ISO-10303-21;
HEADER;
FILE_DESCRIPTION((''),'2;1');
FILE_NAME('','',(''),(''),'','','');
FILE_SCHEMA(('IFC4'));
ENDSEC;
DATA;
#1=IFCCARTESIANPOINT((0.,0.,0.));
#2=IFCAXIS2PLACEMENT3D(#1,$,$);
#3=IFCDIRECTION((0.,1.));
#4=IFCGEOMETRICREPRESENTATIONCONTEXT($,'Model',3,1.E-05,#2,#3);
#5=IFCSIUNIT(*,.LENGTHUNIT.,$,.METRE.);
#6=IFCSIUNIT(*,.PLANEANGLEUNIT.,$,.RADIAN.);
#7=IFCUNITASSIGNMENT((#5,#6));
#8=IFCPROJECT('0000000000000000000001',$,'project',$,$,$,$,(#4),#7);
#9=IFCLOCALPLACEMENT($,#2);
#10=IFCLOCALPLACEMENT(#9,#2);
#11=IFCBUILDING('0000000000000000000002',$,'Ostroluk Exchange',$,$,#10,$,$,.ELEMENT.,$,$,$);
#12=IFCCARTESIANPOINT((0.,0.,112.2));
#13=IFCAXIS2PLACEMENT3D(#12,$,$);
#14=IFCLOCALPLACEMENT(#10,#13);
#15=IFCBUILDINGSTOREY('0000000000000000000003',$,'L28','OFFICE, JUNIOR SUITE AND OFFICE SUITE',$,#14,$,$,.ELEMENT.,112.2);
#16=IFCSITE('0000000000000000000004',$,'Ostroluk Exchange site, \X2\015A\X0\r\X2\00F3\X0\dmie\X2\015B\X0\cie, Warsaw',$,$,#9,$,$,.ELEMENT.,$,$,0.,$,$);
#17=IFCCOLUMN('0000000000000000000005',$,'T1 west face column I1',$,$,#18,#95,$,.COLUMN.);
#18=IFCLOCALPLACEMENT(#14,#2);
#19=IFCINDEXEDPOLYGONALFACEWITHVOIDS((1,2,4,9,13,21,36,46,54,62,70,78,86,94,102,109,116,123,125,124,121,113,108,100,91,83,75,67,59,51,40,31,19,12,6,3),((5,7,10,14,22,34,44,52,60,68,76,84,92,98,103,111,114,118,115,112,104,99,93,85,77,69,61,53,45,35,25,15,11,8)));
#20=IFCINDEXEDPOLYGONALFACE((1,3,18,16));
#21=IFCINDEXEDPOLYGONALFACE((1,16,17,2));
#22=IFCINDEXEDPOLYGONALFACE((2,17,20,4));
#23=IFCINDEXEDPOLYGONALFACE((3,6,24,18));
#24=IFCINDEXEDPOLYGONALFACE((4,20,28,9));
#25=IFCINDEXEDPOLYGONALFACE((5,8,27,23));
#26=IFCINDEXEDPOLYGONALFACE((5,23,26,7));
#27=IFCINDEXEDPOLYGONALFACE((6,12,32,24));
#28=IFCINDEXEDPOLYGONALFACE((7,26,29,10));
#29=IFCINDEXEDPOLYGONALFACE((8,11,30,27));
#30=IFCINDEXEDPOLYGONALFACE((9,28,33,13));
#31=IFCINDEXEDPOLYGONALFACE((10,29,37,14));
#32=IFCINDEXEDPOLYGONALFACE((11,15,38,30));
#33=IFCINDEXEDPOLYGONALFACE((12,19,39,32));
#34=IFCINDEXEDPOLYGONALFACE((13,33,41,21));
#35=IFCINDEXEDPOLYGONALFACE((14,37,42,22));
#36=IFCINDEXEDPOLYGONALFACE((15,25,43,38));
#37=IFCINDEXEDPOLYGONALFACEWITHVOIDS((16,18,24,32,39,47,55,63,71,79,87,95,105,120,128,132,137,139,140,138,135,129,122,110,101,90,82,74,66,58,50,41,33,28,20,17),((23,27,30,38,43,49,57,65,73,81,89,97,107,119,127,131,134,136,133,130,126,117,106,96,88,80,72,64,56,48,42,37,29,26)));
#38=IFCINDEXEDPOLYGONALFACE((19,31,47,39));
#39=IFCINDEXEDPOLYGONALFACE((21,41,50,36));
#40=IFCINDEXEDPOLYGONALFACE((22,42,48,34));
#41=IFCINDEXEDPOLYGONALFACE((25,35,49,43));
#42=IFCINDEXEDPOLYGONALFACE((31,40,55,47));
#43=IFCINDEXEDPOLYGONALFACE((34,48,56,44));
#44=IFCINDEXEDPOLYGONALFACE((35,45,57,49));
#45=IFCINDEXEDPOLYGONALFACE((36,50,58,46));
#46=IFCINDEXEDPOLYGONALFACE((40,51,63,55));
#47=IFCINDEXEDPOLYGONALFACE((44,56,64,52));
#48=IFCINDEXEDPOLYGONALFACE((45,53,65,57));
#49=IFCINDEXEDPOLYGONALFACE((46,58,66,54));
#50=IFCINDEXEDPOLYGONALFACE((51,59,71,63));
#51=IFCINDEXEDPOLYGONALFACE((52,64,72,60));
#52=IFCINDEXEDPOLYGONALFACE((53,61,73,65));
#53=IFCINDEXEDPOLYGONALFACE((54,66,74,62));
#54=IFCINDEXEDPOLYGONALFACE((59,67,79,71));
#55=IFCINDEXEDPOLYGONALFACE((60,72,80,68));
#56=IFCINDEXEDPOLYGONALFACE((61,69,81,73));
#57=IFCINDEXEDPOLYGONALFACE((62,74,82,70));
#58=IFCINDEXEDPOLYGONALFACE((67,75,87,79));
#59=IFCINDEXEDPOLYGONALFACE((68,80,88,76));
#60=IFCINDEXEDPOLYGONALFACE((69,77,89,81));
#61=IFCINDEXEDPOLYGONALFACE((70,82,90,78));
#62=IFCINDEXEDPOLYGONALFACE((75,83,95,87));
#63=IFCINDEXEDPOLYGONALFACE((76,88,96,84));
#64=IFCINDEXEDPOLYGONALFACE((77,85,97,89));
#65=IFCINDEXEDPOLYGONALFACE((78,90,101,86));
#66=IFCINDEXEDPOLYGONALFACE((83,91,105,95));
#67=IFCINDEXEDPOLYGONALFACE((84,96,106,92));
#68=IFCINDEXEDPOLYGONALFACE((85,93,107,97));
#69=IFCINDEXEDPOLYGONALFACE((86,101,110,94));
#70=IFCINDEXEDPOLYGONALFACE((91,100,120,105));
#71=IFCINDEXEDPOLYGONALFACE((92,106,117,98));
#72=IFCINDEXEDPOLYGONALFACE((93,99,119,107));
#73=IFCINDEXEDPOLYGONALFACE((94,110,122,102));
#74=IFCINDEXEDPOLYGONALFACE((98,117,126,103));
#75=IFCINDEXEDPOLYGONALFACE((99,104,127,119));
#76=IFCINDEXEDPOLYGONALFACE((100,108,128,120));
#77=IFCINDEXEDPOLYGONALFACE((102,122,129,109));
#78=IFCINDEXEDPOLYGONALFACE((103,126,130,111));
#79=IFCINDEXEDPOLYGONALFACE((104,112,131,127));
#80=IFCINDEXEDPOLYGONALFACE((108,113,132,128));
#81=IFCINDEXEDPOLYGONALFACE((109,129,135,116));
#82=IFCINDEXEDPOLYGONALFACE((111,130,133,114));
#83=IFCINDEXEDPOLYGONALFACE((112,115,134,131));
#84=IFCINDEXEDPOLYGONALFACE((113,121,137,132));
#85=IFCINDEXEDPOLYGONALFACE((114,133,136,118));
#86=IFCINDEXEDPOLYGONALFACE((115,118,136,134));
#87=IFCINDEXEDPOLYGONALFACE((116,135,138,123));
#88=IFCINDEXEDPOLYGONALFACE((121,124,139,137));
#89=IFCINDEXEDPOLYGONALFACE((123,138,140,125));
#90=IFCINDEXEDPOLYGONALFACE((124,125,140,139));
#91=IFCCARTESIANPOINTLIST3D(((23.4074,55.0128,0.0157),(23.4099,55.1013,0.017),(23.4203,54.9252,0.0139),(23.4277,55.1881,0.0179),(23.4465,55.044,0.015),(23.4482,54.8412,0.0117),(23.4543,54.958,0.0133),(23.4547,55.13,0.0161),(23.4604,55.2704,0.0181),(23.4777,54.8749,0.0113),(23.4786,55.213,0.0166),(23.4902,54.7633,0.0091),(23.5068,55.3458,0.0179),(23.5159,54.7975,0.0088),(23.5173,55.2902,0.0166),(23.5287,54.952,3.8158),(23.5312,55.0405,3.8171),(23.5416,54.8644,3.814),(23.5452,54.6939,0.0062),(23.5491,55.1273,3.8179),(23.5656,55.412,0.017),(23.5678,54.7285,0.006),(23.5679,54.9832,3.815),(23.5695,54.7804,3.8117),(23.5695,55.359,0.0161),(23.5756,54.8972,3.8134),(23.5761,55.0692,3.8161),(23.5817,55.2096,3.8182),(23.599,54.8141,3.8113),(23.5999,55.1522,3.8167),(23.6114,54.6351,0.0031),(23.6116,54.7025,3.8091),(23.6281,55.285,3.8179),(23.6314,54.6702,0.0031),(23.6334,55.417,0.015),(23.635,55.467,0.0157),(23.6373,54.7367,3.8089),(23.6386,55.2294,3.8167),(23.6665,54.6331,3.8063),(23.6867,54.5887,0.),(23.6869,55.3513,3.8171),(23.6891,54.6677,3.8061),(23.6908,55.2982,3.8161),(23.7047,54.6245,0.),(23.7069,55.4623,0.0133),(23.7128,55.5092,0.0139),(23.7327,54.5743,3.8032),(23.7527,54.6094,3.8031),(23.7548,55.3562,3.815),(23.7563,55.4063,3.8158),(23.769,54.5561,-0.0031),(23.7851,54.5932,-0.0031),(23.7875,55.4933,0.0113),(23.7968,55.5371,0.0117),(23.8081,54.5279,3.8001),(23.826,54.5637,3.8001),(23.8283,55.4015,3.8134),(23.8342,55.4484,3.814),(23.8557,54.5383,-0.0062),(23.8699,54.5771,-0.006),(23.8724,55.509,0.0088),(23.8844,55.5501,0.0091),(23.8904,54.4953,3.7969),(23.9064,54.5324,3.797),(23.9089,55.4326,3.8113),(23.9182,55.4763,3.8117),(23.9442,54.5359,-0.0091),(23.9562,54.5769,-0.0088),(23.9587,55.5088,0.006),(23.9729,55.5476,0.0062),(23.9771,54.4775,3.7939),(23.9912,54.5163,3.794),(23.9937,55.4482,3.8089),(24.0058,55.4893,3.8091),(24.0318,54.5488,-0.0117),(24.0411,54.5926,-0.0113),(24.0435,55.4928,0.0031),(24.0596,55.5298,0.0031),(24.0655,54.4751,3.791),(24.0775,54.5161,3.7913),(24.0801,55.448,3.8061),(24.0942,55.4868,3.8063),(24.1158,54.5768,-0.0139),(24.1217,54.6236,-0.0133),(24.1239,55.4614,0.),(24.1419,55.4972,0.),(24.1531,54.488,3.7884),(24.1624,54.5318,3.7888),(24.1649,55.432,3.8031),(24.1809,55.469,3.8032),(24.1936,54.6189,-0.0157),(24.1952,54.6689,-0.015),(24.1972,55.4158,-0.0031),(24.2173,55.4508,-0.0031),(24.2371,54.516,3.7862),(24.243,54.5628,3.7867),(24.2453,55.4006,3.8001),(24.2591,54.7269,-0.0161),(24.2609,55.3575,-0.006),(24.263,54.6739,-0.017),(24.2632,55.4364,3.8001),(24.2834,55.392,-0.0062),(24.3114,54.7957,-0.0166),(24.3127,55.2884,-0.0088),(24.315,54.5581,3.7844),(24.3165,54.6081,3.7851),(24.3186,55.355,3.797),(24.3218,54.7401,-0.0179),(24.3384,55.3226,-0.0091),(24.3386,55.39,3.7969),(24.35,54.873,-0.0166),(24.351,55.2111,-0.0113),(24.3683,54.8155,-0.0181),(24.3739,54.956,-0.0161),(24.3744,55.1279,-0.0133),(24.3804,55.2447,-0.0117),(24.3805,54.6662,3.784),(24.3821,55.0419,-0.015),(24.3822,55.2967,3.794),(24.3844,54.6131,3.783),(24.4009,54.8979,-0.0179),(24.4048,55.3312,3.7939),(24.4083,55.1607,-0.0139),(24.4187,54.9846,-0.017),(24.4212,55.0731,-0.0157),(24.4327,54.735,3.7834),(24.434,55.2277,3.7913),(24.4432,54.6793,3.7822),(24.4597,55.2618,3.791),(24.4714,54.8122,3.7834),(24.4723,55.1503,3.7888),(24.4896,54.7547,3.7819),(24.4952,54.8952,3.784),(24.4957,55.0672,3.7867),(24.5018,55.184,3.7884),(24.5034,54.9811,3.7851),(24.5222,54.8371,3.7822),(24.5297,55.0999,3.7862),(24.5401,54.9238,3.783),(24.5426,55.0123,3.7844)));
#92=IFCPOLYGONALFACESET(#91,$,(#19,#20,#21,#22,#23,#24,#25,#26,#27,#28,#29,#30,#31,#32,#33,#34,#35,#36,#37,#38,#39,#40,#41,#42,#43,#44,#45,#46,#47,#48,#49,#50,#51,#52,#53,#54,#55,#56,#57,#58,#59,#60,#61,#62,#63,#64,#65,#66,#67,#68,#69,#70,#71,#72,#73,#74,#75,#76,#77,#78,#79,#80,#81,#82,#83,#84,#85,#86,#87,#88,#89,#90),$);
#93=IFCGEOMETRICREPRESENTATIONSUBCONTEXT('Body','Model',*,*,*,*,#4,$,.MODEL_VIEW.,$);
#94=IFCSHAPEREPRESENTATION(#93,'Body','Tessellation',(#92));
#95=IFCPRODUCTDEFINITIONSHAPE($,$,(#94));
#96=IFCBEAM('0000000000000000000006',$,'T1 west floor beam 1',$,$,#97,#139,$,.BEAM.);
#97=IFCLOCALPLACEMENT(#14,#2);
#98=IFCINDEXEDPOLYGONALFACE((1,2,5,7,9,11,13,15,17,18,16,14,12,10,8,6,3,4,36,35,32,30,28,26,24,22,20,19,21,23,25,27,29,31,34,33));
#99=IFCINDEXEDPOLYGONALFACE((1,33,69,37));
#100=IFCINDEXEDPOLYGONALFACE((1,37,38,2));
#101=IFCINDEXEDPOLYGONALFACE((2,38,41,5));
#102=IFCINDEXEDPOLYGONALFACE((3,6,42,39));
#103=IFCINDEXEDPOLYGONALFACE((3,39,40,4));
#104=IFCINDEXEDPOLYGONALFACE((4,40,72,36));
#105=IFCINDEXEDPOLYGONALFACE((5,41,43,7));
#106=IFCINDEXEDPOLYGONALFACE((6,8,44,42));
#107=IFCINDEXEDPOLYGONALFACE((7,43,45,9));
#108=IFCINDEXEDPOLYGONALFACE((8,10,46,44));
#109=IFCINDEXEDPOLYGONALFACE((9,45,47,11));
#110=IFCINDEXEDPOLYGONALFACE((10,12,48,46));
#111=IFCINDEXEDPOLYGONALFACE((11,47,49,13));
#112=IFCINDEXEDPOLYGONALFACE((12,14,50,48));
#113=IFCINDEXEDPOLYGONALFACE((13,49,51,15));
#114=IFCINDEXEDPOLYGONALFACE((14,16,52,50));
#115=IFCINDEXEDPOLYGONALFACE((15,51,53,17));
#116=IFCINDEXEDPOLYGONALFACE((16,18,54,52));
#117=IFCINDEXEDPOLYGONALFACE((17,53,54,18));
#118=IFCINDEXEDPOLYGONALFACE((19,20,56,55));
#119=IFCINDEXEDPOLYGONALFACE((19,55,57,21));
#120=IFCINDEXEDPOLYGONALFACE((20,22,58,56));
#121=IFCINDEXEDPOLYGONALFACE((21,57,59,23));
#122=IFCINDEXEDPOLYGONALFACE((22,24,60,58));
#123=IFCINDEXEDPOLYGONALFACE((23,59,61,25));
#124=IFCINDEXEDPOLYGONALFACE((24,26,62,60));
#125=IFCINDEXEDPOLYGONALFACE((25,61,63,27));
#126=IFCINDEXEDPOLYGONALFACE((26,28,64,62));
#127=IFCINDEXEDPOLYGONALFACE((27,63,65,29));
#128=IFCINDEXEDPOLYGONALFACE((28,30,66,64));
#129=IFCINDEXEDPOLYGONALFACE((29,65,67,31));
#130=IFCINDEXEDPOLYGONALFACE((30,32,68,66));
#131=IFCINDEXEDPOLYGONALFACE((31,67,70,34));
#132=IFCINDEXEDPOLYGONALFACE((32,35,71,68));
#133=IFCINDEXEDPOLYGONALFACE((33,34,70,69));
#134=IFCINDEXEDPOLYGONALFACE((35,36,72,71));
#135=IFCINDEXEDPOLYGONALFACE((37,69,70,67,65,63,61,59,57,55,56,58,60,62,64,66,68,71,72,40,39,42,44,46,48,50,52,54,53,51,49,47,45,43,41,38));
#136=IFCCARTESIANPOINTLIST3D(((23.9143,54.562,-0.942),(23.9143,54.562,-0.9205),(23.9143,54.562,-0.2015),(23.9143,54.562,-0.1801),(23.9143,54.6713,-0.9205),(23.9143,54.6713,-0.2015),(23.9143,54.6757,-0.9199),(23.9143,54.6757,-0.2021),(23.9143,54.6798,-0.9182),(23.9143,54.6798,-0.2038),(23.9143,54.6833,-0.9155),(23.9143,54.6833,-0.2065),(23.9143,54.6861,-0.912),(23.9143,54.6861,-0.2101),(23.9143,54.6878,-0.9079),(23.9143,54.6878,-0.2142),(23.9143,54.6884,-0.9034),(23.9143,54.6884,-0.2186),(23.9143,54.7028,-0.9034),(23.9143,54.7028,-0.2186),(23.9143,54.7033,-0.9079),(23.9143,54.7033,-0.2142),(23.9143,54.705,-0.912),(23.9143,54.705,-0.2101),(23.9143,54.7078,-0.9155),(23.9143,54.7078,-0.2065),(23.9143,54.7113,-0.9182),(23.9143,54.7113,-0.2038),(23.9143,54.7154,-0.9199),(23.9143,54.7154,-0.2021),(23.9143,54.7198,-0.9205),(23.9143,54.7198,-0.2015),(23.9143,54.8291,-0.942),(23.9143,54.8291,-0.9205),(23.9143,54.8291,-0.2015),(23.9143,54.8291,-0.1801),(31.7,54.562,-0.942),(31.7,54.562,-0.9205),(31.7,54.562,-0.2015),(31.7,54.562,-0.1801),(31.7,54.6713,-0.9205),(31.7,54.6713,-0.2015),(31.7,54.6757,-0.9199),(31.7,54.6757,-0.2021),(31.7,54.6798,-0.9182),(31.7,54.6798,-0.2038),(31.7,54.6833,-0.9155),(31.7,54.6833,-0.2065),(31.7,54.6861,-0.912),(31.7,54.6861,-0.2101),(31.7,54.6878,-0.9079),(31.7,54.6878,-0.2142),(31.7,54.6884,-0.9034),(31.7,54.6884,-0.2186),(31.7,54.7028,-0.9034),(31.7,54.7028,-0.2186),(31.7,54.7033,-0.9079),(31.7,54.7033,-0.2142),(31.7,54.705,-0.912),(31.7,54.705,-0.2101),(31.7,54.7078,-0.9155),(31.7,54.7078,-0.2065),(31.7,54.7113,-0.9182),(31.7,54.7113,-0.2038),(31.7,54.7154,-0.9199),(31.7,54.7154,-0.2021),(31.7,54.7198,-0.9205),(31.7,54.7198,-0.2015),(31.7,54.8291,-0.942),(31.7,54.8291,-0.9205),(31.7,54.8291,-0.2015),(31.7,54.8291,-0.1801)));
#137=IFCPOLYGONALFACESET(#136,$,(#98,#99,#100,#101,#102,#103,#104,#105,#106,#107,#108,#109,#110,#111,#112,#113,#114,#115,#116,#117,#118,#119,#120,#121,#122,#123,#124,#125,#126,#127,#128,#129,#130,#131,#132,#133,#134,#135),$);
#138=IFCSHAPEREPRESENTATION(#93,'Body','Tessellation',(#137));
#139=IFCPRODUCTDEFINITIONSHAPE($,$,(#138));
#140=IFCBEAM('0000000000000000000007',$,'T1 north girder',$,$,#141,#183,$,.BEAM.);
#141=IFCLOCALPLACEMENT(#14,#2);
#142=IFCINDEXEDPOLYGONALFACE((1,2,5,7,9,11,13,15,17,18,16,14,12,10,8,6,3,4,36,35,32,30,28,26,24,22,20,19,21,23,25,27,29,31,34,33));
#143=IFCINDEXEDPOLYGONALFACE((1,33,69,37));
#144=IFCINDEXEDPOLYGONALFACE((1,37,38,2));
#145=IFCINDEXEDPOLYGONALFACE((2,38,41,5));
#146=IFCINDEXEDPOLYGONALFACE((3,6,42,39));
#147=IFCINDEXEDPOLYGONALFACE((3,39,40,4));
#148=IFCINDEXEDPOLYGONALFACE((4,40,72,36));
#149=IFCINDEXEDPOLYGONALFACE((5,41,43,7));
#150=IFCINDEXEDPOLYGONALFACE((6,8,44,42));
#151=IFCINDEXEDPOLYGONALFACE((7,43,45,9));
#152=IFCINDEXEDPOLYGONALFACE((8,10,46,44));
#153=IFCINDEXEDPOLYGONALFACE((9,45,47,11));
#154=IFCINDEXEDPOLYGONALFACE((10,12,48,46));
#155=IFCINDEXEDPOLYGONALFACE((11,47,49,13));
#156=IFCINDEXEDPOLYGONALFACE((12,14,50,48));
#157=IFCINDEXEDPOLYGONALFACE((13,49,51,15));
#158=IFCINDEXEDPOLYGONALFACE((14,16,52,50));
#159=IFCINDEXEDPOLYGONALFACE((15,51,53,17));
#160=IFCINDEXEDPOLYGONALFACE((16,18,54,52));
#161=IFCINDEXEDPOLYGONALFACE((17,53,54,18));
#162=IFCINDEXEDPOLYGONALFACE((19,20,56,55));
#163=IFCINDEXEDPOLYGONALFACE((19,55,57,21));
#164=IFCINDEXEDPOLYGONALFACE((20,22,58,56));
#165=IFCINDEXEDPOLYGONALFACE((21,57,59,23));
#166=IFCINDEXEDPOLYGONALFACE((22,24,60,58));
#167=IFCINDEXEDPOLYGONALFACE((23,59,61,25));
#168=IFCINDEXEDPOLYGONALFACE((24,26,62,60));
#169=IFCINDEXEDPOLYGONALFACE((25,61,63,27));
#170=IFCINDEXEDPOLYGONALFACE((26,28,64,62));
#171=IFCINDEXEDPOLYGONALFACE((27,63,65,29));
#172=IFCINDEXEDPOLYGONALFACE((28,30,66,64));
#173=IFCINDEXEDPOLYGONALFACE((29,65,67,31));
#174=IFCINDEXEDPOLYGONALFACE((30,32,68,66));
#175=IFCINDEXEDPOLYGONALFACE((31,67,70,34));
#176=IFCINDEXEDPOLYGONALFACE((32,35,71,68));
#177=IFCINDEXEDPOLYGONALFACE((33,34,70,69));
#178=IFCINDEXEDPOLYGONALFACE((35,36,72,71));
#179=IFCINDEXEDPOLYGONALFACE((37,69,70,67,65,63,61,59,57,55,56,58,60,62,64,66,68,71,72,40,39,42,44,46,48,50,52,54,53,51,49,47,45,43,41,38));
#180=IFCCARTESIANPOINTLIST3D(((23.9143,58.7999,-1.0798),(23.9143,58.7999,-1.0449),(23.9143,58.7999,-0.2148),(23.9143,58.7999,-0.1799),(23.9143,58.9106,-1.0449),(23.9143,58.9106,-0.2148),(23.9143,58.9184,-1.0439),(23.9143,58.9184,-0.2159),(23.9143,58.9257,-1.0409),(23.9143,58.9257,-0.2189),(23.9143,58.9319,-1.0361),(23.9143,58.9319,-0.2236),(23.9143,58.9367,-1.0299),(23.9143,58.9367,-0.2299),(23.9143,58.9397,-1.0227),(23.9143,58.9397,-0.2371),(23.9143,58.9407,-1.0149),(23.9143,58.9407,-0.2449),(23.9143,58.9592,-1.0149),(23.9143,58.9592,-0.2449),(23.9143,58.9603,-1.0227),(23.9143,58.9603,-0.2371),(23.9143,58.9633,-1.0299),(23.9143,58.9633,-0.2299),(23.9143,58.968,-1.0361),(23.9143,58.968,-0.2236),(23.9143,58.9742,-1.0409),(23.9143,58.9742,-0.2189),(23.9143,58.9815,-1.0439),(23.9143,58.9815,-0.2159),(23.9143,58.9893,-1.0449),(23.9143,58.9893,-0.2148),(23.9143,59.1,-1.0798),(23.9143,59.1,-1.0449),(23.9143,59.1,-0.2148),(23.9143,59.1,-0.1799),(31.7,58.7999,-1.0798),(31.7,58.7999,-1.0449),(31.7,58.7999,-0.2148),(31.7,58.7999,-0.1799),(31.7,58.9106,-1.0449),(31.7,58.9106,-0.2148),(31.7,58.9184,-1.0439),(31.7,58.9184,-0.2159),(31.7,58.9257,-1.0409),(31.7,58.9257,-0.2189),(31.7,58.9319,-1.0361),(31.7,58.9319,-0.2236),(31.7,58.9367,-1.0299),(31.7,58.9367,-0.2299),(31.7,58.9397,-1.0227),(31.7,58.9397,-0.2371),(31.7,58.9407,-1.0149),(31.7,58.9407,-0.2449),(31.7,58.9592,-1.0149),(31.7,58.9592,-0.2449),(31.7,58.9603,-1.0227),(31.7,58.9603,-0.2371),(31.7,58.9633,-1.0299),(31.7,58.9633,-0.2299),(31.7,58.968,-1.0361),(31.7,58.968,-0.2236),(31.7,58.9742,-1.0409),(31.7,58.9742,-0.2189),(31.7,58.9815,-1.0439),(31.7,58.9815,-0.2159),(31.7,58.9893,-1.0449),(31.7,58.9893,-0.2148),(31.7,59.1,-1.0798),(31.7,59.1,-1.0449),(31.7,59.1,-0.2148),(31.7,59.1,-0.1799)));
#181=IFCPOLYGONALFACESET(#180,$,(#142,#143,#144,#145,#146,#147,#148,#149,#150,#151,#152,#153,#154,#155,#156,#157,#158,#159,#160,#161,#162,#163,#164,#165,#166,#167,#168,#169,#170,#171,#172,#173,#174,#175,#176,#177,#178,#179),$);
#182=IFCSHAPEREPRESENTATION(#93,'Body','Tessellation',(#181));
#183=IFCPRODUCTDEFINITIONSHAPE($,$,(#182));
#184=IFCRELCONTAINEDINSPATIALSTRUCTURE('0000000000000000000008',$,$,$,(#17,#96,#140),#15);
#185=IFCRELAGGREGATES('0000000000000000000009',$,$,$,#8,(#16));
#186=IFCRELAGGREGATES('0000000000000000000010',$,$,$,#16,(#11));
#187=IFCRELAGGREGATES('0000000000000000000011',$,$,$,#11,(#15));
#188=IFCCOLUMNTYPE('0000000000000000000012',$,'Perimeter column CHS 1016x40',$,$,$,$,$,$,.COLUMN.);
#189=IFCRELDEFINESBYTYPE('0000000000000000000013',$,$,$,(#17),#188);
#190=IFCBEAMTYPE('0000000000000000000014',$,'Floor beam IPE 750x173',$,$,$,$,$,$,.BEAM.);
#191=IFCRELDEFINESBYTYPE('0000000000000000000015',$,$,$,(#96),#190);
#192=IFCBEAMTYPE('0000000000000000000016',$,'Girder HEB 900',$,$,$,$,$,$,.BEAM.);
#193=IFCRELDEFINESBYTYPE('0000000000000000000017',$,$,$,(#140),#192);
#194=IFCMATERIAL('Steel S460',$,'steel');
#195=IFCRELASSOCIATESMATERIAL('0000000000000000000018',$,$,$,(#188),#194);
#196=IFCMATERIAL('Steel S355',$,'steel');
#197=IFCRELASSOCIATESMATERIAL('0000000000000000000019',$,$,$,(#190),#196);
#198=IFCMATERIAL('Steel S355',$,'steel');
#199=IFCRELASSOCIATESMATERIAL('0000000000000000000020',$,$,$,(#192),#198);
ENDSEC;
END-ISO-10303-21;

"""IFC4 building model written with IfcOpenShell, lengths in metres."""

from ifc_helpers import new_model, si_unit, direction, frame, origin, origin_2d, place, context, subcontext, project, spatial, hollow_circle, i_section, extrude, material, material_profile, profile_set, type_object, element, save


model = new_model("IFC4")

# Units and contexts
model_context = context("Model", 3, precision=1e-05, world=origin(), true_north=direction((0.0, 1.0)))
body_context = subcontext(model_context, "Body", "Model", "MODEL_VIEW")
ifc_project = project(units=[si_unit("LENGTHUNIT", "METRE"), si_unit("PLANEANGLEUNIT", "RADIAN")], contexts=[model_context])

# Site, building, storey
site_placement = place(None, origin())
site = spatial("IfcSite", under=ifc_project, at=site_placement, Name="Ostroluk Exchange site, Śródmieście, Warsaw", CompositionType="ELEMENT", RefElevation=0.0)
building_placement = place(site_placement, origin())
building = spatial("IfcBuilding", under=site, at=building_placement, Name="Ostroluk Exchange", CompositionType="ELEMENT")
storey_placement = place(building_placement, frame((0.0, 0.0, 112.2)))
storey = spatial("IfcBuildingStorey", under=building, at=storey_placement, Name="L28", Description="OFFICE, JUNIOR SUITE AND OFFICE SUITE", CompositionType="ELEMENT", Elevation=112.2)

# Column
ifc_material_1 = material(Name="Steel S460", Category="steel")
ifc_material_profile_1 = material_profile(ifc_material_1, hollow_circle(Radius=0.5081, WallThickness=0.04, at=origin_2d()), Name="CHS 1016x40")
ifc_profile_set_1 = profile_set([ifc_material_profile_1], Name="Steel S460")
column_type = type_object("IfcColumnType", Name="Perimeter column CHS 1016x40", PredefinedType="COLUMN", material=ifc_profile_set_1)
column_placement = place(storey_placement, frame((23.9143, 55.043, 0.0), z_axis=(0.03191, -0.015987, 0.999363), x_axis=(0.447933, 0.894067, 0.0)))
element("IfcColumn", 1, at=column_placement, inside=storey, type_object=column_type, Name="T1 west face column I1", PredefinedType="COLUMN", context=body_context, shape_type="SweptSolid", body=[
    extrude(hollow_circle(Radius=0.5081, WallThickness=0.04, at=origin_2d()), origin(), (0.0, 0.0, 1.0), 3.8025),
])

# Beams
ifc_material_2 = material(Name="Steel S355", Category="steel")
ifc_material_profile_2 = material_profile(ifc_material_2, i_section(OverallWidth=0.2671, OverallDepth=0.762, WebThickness=0.0144, FlangeThickness=0.0215, FilletRadius=0.0171, at=origin_2d()), Name="IPE 750x173")
ifc_profile_set_2 = profile_set([ifc_material_profile_2], Name="Steel S355")
beam_type_1 = type_object("IfcBeamType", Name="Floor beam IPE 750x173", PredefinedType="BEAM", material=ifc_profile_set_2)
beam_1_placement = place(storey_placement, frame((31.7, 54.6956, -0.561), z_axis=(-1.0, 0.0, 0.0), x_axis=(0.0, -1.0, 0.0)))
element("IfcBeam", 2, at=beam_1_placement, inside=storey, type_object=beam_type_1, Name="T1 west floor beam 1", PredefinedType="BEAM", context=body_context, shape_type="SweptSolid", body=[
    extrude(i_section(OverallWidth=0.2671, OverallDepth=0.762, WebThickness=0.0144, FlangeThickness=0.0215, FilletRadius=0.0171, at=origin_2d()), origin(), (0.0, 0.0, 1.0), 7.7856),
])
ifc_material_3 = material(Name="Steel S355", Category="steel")
ifc_material_profile_3 = material_profile(ifc_material_3, i_section(OverallWidth=0.3, OverallDepth=0.8999, WebThickness=0.0186, FlangeThickness=0.0349, FilletRadius=0.03, at=origin_2d()), Name="HEB 900")
ifc_profile_set_3 = profile_set([ifc_material_profile_3], Name="Steel S355")
beam_type_2 = type_object("IfcBeamType", Name="Girder HEB 900", PredefinedType="BEAM", material=ifc_profile_set_3)
beam_2_placement = place(storey_placement, frame((31.7, 58.95, -0.6299), z_axis=(-1.0, 0.0, 0.0), x_axis=(0.0, -1.0, 0.0)))
element("IfcBeam", 3, at=beam_2_placement, inside=storey, type_object=beam_type_2, Name="T1 north girder", PredefinedType="BEAM", context=body_context, shape_type="SweptSolid", body=[
    extrude(i_section(OverallWidth=0.3, OverallDepth=0.8999, WebThickness=0.0186, FlangeThickness=0.0349, FilletRadius=0.03, at=origin_2d()), origin(), (0.0, 0.0, 1.0), 7.7856),
])

save(model, "model.ifc")
